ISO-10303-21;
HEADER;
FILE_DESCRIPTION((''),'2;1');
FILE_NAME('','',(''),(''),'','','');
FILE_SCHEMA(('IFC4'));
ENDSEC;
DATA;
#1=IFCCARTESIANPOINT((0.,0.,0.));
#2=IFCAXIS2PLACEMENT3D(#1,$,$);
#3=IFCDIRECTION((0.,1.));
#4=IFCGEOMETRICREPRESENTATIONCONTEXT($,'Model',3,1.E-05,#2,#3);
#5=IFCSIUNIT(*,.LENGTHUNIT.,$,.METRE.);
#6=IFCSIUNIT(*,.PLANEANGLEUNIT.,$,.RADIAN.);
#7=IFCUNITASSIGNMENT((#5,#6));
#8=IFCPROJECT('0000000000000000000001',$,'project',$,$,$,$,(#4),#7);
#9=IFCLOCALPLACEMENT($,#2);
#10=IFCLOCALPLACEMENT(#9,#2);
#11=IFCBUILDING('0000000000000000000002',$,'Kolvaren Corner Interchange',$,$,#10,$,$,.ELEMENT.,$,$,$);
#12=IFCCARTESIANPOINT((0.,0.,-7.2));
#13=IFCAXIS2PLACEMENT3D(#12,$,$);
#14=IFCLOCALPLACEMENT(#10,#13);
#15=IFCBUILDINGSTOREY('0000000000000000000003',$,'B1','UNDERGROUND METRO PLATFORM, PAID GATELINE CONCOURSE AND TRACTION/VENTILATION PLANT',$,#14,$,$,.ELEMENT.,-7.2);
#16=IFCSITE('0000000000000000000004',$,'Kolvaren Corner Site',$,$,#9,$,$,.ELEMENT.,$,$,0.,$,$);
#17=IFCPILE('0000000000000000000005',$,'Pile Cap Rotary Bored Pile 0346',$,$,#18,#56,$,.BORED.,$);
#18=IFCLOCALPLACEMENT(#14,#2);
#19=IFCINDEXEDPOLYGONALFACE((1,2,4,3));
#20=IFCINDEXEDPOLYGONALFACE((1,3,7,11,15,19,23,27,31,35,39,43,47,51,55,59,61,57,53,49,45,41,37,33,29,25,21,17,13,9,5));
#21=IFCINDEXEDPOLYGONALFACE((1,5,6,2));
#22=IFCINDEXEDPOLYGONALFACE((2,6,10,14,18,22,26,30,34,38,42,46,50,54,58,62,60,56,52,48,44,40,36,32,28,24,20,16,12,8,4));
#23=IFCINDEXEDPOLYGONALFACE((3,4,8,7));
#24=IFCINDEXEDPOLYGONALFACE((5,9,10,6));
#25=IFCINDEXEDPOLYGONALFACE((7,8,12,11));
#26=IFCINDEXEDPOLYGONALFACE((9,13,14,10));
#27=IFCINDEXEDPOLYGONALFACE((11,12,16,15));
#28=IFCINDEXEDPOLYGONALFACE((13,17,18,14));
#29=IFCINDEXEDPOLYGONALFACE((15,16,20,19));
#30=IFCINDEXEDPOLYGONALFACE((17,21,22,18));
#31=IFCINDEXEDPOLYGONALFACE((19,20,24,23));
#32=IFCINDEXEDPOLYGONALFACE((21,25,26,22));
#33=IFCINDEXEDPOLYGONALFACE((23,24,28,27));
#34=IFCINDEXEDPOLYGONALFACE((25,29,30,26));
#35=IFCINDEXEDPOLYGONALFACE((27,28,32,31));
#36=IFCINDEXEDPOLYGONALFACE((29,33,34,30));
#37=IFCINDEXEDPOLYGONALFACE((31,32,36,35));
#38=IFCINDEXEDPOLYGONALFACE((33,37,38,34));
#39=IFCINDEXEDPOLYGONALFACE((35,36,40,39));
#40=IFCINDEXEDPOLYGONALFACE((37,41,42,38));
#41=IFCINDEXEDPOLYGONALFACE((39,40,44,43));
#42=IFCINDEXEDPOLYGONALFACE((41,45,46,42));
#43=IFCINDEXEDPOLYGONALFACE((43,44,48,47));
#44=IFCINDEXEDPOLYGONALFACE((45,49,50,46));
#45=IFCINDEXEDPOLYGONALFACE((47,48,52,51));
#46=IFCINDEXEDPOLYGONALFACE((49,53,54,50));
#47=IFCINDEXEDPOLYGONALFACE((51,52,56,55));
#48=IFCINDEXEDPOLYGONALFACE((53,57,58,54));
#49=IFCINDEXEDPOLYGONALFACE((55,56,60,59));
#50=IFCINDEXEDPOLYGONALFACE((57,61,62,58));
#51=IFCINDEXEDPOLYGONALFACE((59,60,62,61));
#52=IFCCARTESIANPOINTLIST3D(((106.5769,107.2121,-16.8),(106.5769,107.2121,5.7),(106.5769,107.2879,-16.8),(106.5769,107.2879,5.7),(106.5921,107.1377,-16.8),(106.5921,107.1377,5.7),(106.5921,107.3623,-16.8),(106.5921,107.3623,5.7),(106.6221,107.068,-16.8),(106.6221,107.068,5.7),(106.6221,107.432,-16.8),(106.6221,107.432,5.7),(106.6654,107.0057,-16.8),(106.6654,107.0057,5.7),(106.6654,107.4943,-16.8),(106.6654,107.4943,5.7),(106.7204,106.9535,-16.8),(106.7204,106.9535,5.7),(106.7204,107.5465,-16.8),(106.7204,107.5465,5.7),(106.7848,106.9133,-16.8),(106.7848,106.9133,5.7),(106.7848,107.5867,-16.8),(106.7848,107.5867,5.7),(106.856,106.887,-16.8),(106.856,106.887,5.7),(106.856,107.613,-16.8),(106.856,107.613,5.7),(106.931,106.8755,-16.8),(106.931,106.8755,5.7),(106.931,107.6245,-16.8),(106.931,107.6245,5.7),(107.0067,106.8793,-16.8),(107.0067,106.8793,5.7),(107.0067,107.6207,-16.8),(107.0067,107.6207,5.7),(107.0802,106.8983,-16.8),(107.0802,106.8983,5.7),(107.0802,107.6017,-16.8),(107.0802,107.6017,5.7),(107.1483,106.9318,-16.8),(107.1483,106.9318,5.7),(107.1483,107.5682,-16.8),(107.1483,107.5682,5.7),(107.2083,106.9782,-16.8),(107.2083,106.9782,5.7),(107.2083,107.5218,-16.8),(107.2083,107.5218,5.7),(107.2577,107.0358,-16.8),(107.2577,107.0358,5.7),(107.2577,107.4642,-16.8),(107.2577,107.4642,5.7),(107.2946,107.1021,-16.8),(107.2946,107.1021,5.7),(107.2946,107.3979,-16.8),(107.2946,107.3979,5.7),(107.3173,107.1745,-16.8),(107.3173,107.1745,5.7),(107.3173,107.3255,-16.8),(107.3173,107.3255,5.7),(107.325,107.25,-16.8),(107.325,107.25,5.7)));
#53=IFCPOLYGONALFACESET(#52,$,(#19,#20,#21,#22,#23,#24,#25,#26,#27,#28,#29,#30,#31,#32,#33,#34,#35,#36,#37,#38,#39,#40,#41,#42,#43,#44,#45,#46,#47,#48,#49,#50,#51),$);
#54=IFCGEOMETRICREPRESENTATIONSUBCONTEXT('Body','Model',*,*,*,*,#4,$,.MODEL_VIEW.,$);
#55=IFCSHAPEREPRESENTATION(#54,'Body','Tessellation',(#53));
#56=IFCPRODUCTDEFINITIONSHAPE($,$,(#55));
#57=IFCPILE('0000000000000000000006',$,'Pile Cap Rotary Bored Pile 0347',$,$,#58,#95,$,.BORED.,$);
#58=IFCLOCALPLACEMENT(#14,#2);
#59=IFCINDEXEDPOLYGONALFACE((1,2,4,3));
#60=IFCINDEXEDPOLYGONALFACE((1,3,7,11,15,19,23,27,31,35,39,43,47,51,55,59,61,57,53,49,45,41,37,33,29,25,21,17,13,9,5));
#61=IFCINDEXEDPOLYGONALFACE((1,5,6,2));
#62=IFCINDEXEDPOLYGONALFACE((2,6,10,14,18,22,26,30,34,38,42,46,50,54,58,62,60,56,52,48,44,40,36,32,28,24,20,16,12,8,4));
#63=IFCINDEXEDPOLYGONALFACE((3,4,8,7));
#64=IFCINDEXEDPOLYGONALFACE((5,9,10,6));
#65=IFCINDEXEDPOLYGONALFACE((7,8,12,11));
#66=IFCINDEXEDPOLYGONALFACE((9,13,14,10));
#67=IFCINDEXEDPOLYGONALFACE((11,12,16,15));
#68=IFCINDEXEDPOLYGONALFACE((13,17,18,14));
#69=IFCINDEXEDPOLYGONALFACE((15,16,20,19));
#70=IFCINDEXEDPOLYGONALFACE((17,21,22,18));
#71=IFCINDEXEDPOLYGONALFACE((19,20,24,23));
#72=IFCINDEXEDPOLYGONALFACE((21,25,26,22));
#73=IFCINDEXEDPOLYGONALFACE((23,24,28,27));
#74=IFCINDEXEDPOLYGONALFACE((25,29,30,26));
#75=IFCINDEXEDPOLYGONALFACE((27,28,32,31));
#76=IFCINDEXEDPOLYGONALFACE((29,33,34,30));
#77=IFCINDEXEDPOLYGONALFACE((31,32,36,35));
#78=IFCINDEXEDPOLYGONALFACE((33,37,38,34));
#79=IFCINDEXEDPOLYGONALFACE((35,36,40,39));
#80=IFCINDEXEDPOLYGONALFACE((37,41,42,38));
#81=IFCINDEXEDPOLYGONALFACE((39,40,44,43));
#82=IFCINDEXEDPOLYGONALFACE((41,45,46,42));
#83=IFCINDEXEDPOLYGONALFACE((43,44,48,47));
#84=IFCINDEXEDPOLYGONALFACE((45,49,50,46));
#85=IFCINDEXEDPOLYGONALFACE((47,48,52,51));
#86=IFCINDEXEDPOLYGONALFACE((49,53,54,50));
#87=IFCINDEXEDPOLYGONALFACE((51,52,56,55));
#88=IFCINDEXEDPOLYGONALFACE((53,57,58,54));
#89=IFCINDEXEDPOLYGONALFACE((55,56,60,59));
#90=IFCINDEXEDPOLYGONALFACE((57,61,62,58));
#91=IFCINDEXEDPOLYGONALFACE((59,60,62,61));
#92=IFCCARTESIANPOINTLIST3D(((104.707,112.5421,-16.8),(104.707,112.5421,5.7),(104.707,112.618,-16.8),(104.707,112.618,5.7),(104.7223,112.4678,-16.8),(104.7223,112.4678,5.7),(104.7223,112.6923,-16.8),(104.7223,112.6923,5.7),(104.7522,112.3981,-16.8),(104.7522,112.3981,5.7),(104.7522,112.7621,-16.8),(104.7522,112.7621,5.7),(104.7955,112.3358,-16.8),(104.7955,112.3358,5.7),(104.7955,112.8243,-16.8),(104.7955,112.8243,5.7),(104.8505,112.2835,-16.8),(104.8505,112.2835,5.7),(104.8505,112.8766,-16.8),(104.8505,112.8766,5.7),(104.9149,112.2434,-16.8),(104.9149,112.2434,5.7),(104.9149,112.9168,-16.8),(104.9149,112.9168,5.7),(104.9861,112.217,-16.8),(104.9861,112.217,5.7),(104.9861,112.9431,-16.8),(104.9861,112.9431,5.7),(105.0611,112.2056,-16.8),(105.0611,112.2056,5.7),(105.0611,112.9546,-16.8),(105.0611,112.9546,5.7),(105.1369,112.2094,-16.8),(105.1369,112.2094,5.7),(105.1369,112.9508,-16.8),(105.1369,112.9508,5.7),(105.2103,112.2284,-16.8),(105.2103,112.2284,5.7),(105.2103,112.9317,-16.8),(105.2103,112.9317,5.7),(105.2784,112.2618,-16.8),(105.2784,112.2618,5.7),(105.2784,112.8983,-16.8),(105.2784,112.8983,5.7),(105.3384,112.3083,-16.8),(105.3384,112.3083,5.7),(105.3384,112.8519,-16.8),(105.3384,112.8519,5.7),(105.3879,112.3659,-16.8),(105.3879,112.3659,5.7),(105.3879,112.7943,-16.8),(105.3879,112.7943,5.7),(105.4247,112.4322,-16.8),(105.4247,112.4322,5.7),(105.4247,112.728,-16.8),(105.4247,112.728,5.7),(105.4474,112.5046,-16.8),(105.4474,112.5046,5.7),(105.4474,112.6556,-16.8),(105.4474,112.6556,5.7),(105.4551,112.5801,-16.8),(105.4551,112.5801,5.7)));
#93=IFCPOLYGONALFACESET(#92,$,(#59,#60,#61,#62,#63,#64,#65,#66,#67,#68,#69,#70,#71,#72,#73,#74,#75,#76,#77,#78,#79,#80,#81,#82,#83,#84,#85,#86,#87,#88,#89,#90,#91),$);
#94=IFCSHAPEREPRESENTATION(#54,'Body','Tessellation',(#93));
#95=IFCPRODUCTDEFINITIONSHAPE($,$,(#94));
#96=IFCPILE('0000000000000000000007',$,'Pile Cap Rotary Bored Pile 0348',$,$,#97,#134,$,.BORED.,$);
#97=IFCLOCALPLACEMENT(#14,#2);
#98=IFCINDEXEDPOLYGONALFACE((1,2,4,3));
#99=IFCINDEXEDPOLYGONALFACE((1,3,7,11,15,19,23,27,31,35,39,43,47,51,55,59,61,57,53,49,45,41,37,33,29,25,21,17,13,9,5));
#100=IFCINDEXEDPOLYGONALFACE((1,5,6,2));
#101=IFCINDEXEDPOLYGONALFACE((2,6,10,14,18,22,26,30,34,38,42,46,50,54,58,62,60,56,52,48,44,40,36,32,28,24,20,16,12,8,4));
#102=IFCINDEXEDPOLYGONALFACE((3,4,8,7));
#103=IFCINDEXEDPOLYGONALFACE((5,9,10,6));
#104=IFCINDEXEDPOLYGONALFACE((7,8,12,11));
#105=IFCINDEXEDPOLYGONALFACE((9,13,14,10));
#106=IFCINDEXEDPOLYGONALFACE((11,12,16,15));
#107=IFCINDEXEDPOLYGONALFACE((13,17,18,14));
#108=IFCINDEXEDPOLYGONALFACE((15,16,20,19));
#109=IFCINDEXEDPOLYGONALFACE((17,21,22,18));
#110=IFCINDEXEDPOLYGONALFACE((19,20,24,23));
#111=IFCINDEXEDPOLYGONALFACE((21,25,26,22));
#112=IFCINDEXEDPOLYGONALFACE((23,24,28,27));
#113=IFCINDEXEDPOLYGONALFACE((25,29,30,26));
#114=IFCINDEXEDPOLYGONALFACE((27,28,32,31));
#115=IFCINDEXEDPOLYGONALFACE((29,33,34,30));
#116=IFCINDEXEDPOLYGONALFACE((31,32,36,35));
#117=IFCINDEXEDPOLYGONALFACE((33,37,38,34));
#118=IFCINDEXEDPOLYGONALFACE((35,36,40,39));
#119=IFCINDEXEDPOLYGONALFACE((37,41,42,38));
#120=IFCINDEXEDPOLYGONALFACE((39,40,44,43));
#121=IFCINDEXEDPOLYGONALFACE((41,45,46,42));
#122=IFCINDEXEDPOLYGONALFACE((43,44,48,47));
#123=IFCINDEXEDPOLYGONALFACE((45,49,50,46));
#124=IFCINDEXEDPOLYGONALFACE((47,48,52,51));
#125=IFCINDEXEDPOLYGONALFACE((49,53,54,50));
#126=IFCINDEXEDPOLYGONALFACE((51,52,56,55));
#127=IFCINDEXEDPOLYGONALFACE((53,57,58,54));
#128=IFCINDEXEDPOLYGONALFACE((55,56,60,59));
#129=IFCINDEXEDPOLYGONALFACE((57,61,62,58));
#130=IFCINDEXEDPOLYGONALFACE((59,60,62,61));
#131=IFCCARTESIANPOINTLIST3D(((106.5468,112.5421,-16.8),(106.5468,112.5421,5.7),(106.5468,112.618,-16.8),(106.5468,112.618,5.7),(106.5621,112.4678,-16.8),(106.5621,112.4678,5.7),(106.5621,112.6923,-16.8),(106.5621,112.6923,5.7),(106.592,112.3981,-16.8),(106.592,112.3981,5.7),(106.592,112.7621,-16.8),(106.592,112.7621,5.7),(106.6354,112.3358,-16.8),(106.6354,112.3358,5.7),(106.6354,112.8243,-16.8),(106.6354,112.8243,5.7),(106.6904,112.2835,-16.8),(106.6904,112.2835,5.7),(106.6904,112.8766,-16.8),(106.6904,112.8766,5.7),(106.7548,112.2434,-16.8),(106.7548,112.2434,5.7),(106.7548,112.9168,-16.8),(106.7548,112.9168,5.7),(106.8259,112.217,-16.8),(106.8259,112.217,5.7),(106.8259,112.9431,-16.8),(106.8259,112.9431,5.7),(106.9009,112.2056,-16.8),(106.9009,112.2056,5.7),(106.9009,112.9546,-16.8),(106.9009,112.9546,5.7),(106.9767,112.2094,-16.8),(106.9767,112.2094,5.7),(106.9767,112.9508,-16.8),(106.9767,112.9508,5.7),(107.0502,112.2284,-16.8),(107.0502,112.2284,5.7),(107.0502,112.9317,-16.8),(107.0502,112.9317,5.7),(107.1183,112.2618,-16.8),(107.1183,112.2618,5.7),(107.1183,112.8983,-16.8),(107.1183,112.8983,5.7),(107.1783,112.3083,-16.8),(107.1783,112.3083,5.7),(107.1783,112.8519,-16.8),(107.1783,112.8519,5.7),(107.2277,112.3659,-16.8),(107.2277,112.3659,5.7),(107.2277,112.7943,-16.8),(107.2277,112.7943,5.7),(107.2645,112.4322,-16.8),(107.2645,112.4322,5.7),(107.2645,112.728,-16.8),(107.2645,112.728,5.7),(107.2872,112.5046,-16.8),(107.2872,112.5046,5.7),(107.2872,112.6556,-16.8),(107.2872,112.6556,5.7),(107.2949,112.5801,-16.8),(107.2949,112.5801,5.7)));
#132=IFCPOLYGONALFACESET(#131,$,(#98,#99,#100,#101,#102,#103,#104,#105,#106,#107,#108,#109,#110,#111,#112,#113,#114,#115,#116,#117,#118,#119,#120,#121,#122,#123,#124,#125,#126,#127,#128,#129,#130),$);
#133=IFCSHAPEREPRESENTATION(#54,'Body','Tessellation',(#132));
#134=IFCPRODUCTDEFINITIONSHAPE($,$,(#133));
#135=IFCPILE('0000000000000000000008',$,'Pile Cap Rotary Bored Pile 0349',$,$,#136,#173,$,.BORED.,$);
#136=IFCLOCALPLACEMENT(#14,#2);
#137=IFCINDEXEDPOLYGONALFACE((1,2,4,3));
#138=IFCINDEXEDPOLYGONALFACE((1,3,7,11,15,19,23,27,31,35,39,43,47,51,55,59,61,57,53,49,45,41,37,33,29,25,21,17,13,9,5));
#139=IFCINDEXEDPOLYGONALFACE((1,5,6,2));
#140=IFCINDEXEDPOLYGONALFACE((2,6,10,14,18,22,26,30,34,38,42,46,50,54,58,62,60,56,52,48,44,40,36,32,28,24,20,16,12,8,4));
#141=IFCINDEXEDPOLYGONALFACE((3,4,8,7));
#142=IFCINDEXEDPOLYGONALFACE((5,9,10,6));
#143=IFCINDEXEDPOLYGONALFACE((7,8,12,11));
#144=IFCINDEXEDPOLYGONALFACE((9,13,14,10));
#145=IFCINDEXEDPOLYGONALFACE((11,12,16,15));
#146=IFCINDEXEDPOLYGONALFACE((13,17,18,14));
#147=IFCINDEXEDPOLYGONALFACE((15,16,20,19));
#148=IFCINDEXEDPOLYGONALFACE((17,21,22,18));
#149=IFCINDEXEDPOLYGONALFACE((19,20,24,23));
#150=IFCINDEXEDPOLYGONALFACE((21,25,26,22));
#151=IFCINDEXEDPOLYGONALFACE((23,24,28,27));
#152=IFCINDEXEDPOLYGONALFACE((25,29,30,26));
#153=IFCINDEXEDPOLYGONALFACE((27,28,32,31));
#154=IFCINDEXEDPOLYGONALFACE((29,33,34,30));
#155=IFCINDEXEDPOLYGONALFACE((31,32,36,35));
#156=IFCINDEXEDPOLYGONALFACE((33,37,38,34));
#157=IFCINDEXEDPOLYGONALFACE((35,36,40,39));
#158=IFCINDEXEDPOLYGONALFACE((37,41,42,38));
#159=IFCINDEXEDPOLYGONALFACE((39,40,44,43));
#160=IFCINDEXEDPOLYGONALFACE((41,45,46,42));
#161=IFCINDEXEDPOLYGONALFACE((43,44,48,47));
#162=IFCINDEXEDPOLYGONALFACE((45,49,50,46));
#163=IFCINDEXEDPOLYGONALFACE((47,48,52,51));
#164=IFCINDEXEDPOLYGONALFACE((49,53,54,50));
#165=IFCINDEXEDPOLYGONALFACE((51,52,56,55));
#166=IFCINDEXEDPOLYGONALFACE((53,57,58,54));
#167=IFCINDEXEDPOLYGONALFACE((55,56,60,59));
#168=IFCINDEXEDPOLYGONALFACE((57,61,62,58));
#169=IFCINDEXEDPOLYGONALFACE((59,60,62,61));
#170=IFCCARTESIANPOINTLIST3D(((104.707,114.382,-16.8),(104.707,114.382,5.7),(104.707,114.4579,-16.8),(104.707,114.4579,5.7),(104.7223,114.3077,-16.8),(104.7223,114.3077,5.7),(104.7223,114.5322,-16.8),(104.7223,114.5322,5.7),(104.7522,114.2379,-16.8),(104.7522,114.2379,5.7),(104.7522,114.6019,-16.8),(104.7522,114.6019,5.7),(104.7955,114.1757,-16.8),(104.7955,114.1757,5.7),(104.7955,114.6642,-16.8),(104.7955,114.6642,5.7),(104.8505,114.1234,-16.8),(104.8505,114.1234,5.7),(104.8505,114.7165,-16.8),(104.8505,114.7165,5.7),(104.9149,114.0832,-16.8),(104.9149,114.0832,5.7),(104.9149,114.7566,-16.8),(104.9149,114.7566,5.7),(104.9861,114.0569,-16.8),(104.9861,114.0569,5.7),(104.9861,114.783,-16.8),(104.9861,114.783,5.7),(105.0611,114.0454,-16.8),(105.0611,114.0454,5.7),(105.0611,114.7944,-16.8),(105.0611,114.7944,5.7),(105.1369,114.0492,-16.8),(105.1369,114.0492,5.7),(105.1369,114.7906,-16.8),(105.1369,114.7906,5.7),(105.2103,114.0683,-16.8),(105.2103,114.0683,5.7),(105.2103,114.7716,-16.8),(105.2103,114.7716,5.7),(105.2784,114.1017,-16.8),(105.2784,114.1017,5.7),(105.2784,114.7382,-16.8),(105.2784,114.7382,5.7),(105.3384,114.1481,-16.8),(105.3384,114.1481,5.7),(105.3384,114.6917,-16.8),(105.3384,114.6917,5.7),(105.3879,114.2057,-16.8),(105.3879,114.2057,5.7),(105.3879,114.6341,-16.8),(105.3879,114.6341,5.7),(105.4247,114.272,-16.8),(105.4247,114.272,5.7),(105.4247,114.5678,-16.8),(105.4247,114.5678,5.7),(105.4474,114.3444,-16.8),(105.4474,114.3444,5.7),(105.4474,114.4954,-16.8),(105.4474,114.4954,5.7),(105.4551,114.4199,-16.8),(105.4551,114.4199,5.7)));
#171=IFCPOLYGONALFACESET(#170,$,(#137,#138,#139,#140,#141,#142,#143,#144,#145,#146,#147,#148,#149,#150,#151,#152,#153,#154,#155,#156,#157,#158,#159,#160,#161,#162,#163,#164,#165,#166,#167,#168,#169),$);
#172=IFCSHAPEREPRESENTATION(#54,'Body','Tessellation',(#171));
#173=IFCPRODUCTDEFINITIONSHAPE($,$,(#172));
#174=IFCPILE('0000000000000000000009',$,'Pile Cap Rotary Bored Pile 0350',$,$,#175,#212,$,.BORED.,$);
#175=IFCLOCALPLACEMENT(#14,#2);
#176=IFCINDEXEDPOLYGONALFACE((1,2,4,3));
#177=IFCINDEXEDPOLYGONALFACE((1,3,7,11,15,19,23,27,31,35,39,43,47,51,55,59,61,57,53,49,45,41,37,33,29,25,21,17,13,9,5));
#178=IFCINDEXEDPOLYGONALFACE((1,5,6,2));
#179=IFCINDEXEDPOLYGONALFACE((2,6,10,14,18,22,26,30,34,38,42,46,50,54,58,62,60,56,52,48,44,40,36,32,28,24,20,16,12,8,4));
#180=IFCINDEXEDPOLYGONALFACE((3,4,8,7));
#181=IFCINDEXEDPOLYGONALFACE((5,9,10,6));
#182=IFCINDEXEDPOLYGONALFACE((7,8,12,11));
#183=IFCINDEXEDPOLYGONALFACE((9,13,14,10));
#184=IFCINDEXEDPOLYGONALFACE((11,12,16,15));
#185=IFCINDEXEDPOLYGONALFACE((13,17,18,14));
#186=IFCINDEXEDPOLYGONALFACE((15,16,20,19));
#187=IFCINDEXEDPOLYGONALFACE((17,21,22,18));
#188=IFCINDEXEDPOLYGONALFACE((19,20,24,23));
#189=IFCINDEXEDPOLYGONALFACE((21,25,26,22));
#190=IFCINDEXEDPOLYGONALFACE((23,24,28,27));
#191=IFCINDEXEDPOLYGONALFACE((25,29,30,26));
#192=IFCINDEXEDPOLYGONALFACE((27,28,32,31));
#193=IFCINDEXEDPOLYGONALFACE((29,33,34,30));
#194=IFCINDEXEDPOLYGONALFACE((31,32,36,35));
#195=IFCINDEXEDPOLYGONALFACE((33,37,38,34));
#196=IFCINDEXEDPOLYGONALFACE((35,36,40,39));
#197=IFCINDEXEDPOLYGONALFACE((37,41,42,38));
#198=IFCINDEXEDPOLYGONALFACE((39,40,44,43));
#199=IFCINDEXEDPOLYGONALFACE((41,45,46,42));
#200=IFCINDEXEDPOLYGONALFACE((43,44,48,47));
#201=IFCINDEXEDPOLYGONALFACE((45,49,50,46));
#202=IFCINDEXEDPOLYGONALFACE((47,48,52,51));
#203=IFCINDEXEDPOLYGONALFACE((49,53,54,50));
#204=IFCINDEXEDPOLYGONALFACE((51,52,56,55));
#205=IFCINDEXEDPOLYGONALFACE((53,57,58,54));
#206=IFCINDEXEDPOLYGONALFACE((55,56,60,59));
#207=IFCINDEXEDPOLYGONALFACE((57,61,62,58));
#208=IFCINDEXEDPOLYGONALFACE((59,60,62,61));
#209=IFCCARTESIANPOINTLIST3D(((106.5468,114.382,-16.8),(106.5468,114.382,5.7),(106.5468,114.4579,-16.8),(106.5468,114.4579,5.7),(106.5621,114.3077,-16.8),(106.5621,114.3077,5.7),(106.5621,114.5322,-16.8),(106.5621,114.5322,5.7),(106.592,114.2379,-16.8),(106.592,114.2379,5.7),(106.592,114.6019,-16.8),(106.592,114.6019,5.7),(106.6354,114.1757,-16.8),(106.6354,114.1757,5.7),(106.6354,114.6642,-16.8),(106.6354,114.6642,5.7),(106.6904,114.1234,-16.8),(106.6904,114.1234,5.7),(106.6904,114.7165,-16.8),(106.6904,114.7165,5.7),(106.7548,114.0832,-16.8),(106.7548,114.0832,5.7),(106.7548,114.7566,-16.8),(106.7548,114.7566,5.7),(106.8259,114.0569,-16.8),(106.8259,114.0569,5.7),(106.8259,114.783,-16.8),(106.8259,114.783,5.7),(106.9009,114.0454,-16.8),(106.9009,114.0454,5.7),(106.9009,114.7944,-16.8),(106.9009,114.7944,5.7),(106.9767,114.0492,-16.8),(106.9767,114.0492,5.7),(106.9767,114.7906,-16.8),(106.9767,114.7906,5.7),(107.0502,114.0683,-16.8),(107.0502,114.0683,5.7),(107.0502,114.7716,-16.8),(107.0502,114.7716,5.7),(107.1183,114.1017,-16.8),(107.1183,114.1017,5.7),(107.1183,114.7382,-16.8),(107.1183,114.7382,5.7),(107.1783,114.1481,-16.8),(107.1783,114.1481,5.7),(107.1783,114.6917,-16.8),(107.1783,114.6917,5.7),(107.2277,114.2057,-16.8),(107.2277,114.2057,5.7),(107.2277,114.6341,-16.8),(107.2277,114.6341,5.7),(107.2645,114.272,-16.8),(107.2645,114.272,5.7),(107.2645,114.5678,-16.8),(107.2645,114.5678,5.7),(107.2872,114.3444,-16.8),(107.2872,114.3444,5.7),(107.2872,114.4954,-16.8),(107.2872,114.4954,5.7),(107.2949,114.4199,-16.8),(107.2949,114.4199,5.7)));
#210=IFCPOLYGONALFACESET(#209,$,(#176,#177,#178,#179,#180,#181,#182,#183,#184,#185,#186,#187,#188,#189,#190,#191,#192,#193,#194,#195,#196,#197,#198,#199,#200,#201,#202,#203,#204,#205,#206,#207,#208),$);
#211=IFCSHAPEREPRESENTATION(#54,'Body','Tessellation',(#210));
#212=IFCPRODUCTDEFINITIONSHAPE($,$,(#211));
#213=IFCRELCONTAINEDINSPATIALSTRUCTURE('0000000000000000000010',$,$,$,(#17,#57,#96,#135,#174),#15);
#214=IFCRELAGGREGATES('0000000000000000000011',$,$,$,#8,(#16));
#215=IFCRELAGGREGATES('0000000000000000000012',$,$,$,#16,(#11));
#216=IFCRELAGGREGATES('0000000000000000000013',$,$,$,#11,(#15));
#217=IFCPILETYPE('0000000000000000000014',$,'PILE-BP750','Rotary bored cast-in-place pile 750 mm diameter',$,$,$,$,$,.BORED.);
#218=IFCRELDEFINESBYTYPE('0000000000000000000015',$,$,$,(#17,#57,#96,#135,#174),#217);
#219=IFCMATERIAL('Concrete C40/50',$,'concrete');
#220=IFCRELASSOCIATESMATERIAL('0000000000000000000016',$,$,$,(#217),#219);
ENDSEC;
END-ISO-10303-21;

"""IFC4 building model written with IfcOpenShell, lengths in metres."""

from ifc_helpers import new_model, si_unit, direction, frame, origin, origin_2d, place, context, subcontext, project, spatial, circle, extrude, material, material_profile, profile_set, type_object, element, save


model = new_model("IFC4")

# Units and contexts
model_context = context("Model", 3, precision=1e-05, world=origin(), true_north=direction((0.0, 1.0)))
body_context = subcontext(model_context, "Body", "Model", "MODEL_VIEW")
ifc_project = project(units=[si_unit("LENGTHUNIT", "METRE"), si_unit("PLANEANGLEUNIT", "RADIAN")], contexts=[model_context])

# Site, building, storey
site_placement = place(None, origin())
site = spatial("IfcSite", under=ifc_project, at=site_placement, Name="Kolvaren Corner Site", CompositionType="ELEMENT", RefElevation=0.0)
building_placement = place(site_placement, origin())
building = spatial("IfcBuilding", under=site, at=building_placement, Name="Kolvaren Corner Interchange", CompositionType="ELEMENT")
storey_placement = place(building_placement, frame((0.0, 0.0, -7.2)))
storey = spatial("IfcBuildingStorey", under=building, at=storey_placement, Name="B1", Description="UNDERGROUND METRO PLATFORM, PAID GATELINE CONCOURSE AND TRACTION/VENTILATION PLANT", CompositionType="ELEMENT", Elevation=-7.2)

# Piles
ifc_material_1 = material(Name="Concrete C40/50", Category="concrete")
ifc_material_profile = material_profile(ifc_material_1, circle(Radius=0.375, at=origin_2d()), Name="BORED PILE 750")
ifc_profile_set = profile_set([ifc_material_profile], Name="Concrete C40/50")
pile_type = type_object("IfcPileType", Name="PILE-BP750", Description="Rotary bored cast-in-place pile 750 mm diameter", PredefinedType="BORED", material=ifc_profile_set)
for number, where, z_axis, x_axis, name in (
    (1, (106.95, 107.25, 5.7), (0.0, 0.0, -1.0), (1.0, 0.0, 0.0), "Pile Cap Rotary Bored Pile 0346"),
    (2, (105.0801, 112.5801, 5.7), (0.0, 0.0, -1.0), (1.0, 0.0, 0.0), "Pile Cap Rotary Bored Pile 0347"),
    (3, (106.9199, 112.5801, 5.7), (0.0, 0.0, -1.0), (1.0, 0.0, 0.0), "Pile Cap Rotary Bored Pile 0348"),
    (4, (105.0801, 114.4199, 5.7), (0.0, 0.0, -1.0), (1.0, 0.0, 0.0), "Pile Cap Rotary Bored Pile 0349"),
    (5, (106.9199, 114.4199, 5.7), (0.0, 0.0, -1.0), (1.0, 0.0, 0.0), "Pile Cap Rotary Bored Pile 0350"),
):
    element("IfcPile", number, at=place(storey_placement, frame(where, z_axis=z_axis, x_axis=x_axis)), inside=storey, type_object=pile_type, Name=name, PredefinedType="BORED", context=body_context, shape_type="SweptSolid", body=[
        extrude(circle(Radius=0.375, at=origin_2d()), origin(), (0.0, 0.0, 1.0), 22.5),
    ])

save(model, "model.ifc")
